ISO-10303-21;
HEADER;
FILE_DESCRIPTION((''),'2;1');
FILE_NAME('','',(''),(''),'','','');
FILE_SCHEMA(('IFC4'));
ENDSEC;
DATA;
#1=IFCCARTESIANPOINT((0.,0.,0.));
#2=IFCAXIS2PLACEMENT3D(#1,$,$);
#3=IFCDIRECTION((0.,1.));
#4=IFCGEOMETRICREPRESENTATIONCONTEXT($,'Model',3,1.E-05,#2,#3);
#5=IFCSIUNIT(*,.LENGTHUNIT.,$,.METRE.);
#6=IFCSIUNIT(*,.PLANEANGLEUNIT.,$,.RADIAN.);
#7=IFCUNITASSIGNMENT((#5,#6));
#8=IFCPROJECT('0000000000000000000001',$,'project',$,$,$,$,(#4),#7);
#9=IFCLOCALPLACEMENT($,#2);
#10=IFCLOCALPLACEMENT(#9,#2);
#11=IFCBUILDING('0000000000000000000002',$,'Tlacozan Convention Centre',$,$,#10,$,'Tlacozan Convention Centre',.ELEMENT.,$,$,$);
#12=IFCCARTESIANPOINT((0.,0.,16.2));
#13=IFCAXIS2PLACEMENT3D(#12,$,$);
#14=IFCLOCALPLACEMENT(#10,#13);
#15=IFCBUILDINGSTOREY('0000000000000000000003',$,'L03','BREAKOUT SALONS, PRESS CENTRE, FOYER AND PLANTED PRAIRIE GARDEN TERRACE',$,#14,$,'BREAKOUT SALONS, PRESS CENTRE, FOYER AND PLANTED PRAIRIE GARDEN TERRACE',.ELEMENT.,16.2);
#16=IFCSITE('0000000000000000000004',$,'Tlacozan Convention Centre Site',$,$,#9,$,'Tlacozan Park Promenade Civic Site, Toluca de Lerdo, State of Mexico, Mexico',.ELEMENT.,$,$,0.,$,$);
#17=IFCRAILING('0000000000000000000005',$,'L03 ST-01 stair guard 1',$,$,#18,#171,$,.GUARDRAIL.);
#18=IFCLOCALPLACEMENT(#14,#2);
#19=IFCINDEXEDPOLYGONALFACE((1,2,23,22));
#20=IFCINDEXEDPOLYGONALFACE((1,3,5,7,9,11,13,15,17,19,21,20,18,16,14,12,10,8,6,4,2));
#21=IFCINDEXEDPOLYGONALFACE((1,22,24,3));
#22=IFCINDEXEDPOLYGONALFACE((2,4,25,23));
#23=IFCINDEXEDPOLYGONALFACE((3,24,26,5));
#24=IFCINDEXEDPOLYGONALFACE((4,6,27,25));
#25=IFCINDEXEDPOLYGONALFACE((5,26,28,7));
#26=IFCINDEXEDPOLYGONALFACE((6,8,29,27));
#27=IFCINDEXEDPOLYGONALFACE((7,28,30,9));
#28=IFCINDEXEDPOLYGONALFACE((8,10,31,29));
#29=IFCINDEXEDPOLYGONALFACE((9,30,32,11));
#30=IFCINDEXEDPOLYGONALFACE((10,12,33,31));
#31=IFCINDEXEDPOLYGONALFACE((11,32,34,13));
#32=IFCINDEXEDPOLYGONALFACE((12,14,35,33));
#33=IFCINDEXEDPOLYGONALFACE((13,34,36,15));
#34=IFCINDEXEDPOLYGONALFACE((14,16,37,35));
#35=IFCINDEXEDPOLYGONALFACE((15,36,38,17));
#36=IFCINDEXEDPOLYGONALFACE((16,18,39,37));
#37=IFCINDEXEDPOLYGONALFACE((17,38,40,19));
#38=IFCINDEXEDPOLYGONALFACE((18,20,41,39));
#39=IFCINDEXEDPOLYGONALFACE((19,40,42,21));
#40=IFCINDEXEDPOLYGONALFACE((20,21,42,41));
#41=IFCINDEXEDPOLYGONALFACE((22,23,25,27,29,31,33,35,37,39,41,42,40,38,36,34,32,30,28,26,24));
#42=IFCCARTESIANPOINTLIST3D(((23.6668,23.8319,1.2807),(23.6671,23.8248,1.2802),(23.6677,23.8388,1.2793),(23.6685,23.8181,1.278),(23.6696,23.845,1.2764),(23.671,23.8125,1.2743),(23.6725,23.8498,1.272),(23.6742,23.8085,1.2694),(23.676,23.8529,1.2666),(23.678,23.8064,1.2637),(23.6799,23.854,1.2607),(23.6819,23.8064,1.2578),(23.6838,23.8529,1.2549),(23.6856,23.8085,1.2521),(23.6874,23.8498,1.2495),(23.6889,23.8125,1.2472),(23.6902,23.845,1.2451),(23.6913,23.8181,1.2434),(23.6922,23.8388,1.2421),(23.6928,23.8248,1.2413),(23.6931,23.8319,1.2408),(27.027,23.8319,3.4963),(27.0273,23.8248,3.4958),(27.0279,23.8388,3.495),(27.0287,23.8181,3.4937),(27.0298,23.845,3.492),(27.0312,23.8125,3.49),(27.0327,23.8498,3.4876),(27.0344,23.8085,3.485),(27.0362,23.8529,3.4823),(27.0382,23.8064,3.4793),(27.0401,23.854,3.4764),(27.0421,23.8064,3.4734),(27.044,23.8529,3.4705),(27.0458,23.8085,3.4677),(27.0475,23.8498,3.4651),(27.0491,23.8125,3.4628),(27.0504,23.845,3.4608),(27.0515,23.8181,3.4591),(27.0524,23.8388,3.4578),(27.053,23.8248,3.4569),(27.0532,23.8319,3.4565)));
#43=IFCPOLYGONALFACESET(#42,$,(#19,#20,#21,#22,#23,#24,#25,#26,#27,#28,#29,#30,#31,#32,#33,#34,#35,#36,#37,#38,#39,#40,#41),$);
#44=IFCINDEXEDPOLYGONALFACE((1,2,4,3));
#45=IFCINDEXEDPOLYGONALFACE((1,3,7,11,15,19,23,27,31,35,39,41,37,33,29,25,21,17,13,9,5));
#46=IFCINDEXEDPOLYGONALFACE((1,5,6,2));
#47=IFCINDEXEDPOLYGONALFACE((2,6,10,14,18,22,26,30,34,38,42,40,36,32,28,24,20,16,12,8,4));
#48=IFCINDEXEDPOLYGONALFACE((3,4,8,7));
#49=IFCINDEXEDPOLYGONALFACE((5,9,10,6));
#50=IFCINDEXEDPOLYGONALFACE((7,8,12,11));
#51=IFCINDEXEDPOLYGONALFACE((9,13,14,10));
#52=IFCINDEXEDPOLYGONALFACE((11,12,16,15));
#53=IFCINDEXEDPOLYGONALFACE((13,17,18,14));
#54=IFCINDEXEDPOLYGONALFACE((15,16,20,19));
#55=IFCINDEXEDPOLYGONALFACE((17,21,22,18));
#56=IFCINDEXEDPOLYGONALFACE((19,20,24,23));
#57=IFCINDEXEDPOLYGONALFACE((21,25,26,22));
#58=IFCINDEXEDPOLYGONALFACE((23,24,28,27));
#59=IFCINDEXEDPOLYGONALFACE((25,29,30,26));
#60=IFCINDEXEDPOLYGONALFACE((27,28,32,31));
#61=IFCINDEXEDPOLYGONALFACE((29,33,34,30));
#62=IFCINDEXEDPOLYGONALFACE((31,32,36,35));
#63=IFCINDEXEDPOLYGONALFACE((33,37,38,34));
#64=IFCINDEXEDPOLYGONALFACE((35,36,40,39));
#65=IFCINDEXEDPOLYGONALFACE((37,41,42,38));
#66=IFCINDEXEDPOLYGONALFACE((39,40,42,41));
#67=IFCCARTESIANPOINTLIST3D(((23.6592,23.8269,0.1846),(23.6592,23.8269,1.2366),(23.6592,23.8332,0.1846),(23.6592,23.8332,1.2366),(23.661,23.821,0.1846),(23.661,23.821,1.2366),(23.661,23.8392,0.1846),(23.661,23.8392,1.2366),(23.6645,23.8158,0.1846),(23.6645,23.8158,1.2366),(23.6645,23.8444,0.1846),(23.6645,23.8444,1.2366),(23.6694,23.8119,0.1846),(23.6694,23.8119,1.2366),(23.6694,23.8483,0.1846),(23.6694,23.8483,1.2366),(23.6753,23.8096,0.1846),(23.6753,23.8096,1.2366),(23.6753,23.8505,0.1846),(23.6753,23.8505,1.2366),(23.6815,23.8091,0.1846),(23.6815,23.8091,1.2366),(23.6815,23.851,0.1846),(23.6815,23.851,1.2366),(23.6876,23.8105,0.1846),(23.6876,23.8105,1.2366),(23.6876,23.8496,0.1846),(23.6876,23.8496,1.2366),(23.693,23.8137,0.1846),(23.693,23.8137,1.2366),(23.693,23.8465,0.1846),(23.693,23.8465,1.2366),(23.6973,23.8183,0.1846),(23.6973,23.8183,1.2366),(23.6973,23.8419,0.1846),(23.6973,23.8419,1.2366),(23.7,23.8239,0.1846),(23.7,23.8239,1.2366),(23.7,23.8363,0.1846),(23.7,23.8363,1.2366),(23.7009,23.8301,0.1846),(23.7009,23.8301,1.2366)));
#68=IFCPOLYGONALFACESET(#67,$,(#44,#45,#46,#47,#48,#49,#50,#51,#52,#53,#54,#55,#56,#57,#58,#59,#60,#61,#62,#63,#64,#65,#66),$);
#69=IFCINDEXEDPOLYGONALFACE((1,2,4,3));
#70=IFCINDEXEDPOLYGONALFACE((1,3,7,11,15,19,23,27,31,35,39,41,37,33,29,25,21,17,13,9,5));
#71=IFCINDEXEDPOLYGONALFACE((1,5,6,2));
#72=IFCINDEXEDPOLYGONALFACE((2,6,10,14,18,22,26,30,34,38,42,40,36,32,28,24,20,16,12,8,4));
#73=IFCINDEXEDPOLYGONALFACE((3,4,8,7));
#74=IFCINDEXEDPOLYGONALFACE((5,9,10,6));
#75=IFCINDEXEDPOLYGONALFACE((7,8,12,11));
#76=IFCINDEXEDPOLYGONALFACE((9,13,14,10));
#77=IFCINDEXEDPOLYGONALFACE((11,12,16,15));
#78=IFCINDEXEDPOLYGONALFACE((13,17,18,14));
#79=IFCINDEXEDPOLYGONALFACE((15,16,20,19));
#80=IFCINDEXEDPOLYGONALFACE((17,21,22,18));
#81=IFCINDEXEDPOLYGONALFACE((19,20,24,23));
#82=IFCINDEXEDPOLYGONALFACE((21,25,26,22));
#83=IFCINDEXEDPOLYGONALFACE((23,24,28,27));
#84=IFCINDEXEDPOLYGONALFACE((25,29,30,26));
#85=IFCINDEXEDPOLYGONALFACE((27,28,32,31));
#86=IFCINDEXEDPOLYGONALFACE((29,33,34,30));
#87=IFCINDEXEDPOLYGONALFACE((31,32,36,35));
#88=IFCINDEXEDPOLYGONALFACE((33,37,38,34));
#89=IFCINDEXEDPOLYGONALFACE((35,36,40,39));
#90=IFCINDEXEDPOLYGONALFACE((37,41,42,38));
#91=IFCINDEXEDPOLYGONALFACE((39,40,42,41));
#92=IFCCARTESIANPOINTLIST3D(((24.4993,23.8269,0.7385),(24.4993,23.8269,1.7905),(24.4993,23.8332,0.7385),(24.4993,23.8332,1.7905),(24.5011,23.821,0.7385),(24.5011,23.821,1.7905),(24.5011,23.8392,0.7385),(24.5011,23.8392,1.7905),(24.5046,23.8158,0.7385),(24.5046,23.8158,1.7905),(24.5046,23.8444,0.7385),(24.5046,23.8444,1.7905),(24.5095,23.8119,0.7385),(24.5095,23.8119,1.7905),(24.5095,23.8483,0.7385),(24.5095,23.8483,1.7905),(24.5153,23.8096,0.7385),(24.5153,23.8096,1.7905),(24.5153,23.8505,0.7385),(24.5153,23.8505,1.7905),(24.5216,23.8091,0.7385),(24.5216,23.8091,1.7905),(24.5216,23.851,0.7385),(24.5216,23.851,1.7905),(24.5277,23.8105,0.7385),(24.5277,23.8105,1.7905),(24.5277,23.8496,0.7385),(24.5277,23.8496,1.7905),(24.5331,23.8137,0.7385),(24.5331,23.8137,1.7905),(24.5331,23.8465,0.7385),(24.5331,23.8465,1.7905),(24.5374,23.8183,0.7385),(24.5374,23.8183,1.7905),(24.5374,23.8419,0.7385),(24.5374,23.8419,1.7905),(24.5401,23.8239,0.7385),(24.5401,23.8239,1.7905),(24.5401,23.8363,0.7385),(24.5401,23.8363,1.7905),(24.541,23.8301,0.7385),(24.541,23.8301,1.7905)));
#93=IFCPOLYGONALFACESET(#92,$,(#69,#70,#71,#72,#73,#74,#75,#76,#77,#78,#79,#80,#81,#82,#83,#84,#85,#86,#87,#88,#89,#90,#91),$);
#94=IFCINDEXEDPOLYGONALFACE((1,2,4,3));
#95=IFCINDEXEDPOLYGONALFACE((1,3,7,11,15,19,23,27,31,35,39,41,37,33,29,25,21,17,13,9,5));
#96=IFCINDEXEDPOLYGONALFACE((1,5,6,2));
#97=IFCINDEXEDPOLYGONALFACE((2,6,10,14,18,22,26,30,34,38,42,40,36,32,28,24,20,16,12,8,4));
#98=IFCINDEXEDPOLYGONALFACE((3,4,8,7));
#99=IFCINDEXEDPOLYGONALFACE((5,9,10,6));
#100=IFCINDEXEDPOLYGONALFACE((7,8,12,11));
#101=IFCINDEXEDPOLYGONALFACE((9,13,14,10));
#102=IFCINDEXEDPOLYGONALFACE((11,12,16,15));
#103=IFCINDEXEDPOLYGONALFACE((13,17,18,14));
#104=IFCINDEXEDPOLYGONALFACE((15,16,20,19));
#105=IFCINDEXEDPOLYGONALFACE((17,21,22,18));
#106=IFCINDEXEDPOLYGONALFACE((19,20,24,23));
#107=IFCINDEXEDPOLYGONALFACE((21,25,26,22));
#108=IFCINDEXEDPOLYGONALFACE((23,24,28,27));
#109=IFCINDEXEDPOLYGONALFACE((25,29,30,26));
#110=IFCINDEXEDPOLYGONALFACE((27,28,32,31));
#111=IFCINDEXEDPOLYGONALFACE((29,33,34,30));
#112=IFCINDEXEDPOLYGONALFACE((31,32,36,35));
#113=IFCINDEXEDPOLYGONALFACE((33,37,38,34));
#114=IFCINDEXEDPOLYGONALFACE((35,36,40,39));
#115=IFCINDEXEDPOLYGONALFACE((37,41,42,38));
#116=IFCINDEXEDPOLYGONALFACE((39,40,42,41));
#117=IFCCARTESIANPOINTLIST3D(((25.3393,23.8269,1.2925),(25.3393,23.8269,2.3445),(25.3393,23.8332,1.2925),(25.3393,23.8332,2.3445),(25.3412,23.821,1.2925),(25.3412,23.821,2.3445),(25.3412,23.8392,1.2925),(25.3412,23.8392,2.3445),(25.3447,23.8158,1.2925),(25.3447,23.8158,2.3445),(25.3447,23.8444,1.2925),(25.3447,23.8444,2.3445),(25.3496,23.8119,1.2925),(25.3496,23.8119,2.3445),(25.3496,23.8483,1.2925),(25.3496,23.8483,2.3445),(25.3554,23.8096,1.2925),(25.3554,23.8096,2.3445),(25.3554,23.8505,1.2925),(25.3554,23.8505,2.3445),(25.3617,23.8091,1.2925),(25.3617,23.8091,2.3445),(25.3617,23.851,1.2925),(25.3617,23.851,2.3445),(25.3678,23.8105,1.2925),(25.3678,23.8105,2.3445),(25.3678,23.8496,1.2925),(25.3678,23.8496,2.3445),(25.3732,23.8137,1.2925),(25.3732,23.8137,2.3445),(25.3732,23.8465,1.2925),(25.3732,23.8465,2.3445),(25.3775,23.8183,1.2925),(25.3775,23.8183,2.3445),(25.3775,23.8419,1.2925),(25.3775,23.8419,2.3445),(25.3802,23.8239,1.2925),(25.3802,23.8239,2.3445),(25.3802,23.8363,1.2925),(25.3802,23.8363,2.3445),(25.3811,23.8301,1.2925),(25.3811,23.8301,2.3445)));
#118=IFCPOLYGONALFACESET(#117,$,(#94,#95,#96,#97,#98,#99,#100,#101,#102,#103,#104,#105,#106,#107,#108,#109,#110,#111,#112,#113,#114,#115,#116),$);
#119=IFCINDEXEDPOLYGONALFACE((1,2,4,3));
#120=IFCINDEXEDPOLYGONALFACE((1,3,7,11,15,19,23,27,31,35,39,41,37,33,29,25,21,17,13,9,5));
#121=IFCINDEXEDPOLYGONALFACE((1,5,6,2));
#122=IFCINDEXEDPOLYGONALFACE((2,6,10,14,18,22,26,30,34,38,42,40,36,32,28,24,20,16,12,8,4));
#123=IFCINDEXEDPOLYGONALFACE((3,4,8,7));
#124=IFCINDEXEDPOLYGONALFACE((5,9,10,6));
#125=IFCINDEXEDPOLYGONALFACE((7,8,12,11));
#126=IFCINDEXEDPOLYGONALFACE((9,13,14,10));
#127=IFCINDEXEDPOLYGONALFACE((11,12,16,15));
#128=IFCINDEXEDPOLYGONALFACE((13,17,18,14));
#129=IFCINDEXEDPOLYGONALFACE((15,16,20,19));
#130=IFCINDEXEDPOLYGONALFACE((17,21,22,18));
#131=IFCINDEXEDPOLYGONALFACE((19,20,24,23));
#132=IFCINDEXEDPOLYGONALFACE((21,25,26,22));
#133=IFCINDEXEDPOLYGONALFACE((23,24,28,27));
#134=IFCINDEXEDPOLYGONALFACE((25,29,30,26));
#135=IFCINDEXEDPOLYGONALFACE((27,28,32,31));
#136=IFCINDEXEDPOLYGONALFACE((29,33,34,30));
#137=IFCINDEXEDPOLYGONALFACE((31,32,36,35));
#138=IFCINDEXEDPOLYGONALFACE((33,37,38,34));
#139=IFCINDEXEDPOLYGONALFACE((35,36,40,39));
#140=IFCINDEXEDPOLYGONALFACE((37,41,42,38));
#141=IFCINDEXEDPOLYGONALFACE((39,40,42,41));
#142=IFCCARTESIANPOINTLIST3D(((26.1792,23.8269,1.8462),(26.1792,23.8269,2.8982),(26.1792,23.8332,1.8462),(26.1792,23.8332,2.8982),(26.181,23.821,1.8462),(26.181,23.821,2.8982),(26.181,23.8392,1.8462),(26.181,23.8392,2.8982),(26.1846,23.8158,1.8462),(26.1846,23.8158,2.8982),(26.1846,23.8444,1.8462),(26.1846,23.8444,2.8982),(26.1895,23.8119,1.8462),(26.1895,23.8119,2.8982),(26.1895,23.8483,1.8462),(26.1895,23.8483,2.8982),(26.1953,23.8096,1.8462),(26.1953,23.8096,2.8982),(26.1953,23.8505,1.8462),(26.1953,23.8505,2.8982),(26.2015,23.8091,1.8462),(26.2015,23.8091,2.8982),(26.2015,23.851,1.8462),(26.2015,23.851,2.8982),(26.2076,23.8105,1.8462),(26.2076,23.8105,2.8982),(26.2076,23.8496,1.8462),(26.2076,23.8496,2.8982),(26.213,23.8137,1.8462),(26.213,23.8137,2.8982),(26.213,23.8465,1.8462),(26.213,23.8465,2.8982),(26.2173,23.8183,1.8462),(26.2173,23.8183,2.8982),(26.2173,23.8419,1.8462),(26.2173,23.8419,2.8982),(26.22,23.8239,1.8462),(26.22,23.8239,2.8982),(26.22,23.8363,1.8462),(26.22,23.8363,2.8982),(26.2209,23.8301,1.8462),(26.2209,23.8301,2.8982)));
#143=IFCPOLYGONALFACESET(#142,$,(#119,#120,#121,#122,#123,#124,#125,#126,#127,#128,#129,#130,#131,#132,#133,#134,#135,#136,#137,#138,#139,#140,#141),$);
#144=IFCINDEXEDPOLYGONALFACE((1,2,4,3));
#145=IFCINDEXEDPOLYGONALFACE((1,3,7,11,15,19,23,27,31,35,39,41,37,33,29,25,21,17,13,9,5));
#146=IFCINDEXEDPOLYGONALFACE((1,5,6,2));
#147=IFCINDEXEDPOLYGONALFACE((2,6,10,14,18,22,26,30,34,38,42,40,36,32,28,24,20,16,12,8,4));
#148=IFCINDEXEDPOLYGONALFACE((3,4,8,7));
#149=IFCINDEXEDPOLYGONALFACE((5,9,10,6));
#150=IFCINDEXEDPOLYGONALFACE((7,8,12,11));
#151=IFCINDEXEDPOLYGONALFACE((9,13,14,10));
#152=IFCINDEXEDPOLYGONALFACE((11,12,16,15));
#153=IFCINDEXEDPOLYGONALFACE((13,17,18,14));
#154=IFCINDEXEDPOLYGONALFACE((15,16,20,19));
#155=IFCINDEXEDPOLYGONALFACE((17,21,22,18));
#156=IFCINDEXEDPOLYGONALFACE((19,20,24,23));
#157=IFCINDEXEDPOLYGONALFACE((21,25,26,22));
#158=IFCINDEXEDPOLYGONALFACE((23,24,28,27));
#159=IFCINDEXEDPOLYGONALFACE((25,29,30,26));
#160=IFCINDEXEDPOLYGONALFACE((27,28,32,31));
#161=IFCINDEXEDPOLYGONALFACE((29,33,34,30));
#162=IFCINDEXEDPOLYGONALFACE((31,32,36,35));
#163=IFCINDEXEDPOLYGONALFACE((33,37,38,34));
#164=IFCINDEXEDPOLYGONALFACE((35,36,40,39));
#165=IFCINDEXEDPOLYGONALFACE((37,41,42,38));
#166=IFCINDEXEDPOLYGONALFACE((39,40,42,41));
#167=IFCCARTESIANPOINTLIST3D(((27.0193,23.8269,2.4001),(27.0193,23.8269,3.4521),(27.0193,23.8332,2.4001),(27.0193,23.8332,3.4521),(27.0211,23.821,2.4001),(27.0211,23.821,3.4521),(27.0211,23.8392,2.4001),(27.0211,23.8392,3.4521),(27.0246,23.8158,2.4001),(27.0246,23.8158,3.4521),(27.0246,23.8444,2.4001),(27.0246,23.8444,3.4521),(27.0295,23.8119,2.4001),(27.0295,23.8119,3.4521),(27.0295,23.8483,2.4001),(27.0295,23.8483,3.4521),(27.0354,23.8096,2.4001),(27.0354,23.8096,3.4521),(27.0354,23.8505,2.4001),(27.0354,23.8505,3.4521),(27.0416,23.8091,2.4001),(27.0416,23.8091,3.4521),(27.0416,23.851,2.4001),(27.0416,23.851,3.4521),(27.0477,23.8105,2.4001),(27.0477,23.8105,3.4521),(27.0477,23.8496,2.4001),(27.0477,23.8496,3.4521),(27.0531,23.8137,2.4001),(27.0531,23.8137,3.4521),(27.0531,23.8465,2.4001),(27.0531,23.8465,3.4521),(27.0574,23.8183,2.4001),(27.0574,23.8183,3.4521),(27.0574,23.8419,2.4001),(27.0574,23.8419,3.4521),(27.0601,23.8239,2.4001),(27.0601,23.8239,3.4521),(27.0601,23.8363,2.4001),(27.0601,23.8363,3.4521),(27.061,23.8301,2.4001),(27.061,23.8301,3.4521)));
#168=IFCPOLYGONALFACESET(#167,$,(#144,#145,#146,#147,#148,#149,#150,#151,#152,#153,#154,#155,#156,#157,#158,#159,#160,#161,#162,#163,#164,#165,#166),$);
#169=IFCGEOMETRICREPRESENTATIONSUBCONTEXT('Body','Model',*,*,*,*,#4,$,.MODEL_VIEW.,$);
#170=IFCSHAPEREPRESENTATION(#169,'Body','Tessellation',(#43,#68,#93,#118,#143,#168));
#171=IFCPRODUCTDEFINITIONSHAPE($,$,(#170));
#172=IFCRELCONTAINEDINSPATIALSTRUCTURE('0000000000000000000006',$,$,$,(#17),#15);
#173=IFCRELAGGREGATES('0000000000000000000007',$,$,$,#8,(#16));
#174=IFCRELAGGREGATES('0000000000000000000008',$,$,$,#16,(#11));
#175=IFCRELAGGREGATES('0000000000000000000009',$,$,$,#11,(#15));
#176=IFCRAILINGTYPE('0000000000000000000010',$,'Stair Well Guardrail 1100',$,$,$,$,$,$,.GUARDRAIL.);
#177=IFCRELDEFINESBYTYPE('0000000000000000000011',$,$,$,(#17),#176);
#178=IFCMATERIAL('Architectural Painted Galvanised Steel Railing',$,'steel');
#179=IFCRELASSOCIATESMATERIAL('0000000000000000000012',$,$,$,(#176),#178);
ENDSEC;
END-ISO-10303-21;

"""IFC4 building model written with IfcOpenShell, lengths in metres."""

from ifc_helpers import new_model, si_unit, direction, frame, origin, origin_2d, place, context, subcontext, project, spatial, circle, extrude, material, type_object, element, save


model = new_model("IFC4")

# Units and contexts
model_context = context("Model", 3, precision=1e-05, world=origin(), true_north=direction((0.0, 1.0)))
body_context = subcontext(model_context, "Body", "Model", "MODEL_VIEW")
ifc_project = project(units=[si_unit("LENGTHUNIT", "METRE"), si_unit("PLANEANGLEUNIT", "RADIAN")], contexts=[model_context])

# Site, building, storey
site_placement = place(None, origin())
site = spatial("IfcSite", under=ifc_project, at=site_placement, Name="Tlacozan Convention Centre Site", LongName="Tlacozan Park Promenade Civic Site, Toluca de Lerdo, State of Mexico, Mexico", CompositionType="ELEMENT", RefElevation=0.0)
building_placement = place(site_placement, origin())
building = spatial("IfcBuilding", under=site, at=building_placement, Name="Tlacozan Convention Centre", LongName="Tlacozan Convention Centre", CompositionType="ELEMENT")
storey_placement = place(building_placement, frame((0.0, 0.0, 16.2)))
storey = spatial("IfcBuildingStorey", under=building, at=storey_placement, Name="L03", Description="BREAKOUT SALONS, PRESS CENTRE, FOYER AND PLANTED PRAIRIE GARDEN TERRACE", LongName="BREAKOUT SALONS, PRESS CENTRE, FOYER AND PLANTED PRAIRIE GARDEN TERRACE", CompositionType="ELEMENT", Elevation=16.2)

# Railing
ifc_material_1 = material(Name="Architectural Painted Galvanised Steel Railing", Category="steel")
railing_type_1 = type_object("IfcRailingType", Name="Stair Well Guardrail 1100", PredefinedType="GUARDRAIL", material=ifc_material_1)
railing_1_placement = place(storey_placement, frame((23.6799, 23.8301, 0.1846)))
element("IfcRailing", 1, at=railing_1_placement, inside=storey, type_object=railing_type_1, Name="L03 ST-01 stair guard 1", PredefinedType="GUARDRAIL", context=body_context, shape_type="SweptSolid", body=[
    extrude(circle(Radius=0.0239, at=origin_2d()), frame((0.0, 0.0, 1.0762), z_axis=(0.834849, 0.0, 0.55048), x_axis=(0.0, 1.0, 0.0)), (0.0, 0.0, 1.0), 4.0249),
    extrude(circle(Radius=0.021, at=origin_2d()), origin(), (0.0, 0.0, 1.0), 1.052),
    extrude(circle(Radius=0.021, at=origin_2d()), frame((0.8401, 0.0, 0.554)), (0.0, 0.0, 1.0), 1.052),
    extrude(circle(Radius=0.021, at=origin_2d()), frame((1.6802, 0.0, 1.1079)), (0.0, 0.0, 1.0), 1.052),
    extrude(circle(Radius=0.021, at=origin_2d()), frame((2.52, 0.0, 1.6616)), (0.0, 0.0, 1.0), 1.052),
    extrude(circle(Radius=0.021, at=origin_2d()), frame((3.3601, 0.0, 2.2156)), (0.0, 0.0, 1.0), 1.052),
])

save(model, "model.ifc")
